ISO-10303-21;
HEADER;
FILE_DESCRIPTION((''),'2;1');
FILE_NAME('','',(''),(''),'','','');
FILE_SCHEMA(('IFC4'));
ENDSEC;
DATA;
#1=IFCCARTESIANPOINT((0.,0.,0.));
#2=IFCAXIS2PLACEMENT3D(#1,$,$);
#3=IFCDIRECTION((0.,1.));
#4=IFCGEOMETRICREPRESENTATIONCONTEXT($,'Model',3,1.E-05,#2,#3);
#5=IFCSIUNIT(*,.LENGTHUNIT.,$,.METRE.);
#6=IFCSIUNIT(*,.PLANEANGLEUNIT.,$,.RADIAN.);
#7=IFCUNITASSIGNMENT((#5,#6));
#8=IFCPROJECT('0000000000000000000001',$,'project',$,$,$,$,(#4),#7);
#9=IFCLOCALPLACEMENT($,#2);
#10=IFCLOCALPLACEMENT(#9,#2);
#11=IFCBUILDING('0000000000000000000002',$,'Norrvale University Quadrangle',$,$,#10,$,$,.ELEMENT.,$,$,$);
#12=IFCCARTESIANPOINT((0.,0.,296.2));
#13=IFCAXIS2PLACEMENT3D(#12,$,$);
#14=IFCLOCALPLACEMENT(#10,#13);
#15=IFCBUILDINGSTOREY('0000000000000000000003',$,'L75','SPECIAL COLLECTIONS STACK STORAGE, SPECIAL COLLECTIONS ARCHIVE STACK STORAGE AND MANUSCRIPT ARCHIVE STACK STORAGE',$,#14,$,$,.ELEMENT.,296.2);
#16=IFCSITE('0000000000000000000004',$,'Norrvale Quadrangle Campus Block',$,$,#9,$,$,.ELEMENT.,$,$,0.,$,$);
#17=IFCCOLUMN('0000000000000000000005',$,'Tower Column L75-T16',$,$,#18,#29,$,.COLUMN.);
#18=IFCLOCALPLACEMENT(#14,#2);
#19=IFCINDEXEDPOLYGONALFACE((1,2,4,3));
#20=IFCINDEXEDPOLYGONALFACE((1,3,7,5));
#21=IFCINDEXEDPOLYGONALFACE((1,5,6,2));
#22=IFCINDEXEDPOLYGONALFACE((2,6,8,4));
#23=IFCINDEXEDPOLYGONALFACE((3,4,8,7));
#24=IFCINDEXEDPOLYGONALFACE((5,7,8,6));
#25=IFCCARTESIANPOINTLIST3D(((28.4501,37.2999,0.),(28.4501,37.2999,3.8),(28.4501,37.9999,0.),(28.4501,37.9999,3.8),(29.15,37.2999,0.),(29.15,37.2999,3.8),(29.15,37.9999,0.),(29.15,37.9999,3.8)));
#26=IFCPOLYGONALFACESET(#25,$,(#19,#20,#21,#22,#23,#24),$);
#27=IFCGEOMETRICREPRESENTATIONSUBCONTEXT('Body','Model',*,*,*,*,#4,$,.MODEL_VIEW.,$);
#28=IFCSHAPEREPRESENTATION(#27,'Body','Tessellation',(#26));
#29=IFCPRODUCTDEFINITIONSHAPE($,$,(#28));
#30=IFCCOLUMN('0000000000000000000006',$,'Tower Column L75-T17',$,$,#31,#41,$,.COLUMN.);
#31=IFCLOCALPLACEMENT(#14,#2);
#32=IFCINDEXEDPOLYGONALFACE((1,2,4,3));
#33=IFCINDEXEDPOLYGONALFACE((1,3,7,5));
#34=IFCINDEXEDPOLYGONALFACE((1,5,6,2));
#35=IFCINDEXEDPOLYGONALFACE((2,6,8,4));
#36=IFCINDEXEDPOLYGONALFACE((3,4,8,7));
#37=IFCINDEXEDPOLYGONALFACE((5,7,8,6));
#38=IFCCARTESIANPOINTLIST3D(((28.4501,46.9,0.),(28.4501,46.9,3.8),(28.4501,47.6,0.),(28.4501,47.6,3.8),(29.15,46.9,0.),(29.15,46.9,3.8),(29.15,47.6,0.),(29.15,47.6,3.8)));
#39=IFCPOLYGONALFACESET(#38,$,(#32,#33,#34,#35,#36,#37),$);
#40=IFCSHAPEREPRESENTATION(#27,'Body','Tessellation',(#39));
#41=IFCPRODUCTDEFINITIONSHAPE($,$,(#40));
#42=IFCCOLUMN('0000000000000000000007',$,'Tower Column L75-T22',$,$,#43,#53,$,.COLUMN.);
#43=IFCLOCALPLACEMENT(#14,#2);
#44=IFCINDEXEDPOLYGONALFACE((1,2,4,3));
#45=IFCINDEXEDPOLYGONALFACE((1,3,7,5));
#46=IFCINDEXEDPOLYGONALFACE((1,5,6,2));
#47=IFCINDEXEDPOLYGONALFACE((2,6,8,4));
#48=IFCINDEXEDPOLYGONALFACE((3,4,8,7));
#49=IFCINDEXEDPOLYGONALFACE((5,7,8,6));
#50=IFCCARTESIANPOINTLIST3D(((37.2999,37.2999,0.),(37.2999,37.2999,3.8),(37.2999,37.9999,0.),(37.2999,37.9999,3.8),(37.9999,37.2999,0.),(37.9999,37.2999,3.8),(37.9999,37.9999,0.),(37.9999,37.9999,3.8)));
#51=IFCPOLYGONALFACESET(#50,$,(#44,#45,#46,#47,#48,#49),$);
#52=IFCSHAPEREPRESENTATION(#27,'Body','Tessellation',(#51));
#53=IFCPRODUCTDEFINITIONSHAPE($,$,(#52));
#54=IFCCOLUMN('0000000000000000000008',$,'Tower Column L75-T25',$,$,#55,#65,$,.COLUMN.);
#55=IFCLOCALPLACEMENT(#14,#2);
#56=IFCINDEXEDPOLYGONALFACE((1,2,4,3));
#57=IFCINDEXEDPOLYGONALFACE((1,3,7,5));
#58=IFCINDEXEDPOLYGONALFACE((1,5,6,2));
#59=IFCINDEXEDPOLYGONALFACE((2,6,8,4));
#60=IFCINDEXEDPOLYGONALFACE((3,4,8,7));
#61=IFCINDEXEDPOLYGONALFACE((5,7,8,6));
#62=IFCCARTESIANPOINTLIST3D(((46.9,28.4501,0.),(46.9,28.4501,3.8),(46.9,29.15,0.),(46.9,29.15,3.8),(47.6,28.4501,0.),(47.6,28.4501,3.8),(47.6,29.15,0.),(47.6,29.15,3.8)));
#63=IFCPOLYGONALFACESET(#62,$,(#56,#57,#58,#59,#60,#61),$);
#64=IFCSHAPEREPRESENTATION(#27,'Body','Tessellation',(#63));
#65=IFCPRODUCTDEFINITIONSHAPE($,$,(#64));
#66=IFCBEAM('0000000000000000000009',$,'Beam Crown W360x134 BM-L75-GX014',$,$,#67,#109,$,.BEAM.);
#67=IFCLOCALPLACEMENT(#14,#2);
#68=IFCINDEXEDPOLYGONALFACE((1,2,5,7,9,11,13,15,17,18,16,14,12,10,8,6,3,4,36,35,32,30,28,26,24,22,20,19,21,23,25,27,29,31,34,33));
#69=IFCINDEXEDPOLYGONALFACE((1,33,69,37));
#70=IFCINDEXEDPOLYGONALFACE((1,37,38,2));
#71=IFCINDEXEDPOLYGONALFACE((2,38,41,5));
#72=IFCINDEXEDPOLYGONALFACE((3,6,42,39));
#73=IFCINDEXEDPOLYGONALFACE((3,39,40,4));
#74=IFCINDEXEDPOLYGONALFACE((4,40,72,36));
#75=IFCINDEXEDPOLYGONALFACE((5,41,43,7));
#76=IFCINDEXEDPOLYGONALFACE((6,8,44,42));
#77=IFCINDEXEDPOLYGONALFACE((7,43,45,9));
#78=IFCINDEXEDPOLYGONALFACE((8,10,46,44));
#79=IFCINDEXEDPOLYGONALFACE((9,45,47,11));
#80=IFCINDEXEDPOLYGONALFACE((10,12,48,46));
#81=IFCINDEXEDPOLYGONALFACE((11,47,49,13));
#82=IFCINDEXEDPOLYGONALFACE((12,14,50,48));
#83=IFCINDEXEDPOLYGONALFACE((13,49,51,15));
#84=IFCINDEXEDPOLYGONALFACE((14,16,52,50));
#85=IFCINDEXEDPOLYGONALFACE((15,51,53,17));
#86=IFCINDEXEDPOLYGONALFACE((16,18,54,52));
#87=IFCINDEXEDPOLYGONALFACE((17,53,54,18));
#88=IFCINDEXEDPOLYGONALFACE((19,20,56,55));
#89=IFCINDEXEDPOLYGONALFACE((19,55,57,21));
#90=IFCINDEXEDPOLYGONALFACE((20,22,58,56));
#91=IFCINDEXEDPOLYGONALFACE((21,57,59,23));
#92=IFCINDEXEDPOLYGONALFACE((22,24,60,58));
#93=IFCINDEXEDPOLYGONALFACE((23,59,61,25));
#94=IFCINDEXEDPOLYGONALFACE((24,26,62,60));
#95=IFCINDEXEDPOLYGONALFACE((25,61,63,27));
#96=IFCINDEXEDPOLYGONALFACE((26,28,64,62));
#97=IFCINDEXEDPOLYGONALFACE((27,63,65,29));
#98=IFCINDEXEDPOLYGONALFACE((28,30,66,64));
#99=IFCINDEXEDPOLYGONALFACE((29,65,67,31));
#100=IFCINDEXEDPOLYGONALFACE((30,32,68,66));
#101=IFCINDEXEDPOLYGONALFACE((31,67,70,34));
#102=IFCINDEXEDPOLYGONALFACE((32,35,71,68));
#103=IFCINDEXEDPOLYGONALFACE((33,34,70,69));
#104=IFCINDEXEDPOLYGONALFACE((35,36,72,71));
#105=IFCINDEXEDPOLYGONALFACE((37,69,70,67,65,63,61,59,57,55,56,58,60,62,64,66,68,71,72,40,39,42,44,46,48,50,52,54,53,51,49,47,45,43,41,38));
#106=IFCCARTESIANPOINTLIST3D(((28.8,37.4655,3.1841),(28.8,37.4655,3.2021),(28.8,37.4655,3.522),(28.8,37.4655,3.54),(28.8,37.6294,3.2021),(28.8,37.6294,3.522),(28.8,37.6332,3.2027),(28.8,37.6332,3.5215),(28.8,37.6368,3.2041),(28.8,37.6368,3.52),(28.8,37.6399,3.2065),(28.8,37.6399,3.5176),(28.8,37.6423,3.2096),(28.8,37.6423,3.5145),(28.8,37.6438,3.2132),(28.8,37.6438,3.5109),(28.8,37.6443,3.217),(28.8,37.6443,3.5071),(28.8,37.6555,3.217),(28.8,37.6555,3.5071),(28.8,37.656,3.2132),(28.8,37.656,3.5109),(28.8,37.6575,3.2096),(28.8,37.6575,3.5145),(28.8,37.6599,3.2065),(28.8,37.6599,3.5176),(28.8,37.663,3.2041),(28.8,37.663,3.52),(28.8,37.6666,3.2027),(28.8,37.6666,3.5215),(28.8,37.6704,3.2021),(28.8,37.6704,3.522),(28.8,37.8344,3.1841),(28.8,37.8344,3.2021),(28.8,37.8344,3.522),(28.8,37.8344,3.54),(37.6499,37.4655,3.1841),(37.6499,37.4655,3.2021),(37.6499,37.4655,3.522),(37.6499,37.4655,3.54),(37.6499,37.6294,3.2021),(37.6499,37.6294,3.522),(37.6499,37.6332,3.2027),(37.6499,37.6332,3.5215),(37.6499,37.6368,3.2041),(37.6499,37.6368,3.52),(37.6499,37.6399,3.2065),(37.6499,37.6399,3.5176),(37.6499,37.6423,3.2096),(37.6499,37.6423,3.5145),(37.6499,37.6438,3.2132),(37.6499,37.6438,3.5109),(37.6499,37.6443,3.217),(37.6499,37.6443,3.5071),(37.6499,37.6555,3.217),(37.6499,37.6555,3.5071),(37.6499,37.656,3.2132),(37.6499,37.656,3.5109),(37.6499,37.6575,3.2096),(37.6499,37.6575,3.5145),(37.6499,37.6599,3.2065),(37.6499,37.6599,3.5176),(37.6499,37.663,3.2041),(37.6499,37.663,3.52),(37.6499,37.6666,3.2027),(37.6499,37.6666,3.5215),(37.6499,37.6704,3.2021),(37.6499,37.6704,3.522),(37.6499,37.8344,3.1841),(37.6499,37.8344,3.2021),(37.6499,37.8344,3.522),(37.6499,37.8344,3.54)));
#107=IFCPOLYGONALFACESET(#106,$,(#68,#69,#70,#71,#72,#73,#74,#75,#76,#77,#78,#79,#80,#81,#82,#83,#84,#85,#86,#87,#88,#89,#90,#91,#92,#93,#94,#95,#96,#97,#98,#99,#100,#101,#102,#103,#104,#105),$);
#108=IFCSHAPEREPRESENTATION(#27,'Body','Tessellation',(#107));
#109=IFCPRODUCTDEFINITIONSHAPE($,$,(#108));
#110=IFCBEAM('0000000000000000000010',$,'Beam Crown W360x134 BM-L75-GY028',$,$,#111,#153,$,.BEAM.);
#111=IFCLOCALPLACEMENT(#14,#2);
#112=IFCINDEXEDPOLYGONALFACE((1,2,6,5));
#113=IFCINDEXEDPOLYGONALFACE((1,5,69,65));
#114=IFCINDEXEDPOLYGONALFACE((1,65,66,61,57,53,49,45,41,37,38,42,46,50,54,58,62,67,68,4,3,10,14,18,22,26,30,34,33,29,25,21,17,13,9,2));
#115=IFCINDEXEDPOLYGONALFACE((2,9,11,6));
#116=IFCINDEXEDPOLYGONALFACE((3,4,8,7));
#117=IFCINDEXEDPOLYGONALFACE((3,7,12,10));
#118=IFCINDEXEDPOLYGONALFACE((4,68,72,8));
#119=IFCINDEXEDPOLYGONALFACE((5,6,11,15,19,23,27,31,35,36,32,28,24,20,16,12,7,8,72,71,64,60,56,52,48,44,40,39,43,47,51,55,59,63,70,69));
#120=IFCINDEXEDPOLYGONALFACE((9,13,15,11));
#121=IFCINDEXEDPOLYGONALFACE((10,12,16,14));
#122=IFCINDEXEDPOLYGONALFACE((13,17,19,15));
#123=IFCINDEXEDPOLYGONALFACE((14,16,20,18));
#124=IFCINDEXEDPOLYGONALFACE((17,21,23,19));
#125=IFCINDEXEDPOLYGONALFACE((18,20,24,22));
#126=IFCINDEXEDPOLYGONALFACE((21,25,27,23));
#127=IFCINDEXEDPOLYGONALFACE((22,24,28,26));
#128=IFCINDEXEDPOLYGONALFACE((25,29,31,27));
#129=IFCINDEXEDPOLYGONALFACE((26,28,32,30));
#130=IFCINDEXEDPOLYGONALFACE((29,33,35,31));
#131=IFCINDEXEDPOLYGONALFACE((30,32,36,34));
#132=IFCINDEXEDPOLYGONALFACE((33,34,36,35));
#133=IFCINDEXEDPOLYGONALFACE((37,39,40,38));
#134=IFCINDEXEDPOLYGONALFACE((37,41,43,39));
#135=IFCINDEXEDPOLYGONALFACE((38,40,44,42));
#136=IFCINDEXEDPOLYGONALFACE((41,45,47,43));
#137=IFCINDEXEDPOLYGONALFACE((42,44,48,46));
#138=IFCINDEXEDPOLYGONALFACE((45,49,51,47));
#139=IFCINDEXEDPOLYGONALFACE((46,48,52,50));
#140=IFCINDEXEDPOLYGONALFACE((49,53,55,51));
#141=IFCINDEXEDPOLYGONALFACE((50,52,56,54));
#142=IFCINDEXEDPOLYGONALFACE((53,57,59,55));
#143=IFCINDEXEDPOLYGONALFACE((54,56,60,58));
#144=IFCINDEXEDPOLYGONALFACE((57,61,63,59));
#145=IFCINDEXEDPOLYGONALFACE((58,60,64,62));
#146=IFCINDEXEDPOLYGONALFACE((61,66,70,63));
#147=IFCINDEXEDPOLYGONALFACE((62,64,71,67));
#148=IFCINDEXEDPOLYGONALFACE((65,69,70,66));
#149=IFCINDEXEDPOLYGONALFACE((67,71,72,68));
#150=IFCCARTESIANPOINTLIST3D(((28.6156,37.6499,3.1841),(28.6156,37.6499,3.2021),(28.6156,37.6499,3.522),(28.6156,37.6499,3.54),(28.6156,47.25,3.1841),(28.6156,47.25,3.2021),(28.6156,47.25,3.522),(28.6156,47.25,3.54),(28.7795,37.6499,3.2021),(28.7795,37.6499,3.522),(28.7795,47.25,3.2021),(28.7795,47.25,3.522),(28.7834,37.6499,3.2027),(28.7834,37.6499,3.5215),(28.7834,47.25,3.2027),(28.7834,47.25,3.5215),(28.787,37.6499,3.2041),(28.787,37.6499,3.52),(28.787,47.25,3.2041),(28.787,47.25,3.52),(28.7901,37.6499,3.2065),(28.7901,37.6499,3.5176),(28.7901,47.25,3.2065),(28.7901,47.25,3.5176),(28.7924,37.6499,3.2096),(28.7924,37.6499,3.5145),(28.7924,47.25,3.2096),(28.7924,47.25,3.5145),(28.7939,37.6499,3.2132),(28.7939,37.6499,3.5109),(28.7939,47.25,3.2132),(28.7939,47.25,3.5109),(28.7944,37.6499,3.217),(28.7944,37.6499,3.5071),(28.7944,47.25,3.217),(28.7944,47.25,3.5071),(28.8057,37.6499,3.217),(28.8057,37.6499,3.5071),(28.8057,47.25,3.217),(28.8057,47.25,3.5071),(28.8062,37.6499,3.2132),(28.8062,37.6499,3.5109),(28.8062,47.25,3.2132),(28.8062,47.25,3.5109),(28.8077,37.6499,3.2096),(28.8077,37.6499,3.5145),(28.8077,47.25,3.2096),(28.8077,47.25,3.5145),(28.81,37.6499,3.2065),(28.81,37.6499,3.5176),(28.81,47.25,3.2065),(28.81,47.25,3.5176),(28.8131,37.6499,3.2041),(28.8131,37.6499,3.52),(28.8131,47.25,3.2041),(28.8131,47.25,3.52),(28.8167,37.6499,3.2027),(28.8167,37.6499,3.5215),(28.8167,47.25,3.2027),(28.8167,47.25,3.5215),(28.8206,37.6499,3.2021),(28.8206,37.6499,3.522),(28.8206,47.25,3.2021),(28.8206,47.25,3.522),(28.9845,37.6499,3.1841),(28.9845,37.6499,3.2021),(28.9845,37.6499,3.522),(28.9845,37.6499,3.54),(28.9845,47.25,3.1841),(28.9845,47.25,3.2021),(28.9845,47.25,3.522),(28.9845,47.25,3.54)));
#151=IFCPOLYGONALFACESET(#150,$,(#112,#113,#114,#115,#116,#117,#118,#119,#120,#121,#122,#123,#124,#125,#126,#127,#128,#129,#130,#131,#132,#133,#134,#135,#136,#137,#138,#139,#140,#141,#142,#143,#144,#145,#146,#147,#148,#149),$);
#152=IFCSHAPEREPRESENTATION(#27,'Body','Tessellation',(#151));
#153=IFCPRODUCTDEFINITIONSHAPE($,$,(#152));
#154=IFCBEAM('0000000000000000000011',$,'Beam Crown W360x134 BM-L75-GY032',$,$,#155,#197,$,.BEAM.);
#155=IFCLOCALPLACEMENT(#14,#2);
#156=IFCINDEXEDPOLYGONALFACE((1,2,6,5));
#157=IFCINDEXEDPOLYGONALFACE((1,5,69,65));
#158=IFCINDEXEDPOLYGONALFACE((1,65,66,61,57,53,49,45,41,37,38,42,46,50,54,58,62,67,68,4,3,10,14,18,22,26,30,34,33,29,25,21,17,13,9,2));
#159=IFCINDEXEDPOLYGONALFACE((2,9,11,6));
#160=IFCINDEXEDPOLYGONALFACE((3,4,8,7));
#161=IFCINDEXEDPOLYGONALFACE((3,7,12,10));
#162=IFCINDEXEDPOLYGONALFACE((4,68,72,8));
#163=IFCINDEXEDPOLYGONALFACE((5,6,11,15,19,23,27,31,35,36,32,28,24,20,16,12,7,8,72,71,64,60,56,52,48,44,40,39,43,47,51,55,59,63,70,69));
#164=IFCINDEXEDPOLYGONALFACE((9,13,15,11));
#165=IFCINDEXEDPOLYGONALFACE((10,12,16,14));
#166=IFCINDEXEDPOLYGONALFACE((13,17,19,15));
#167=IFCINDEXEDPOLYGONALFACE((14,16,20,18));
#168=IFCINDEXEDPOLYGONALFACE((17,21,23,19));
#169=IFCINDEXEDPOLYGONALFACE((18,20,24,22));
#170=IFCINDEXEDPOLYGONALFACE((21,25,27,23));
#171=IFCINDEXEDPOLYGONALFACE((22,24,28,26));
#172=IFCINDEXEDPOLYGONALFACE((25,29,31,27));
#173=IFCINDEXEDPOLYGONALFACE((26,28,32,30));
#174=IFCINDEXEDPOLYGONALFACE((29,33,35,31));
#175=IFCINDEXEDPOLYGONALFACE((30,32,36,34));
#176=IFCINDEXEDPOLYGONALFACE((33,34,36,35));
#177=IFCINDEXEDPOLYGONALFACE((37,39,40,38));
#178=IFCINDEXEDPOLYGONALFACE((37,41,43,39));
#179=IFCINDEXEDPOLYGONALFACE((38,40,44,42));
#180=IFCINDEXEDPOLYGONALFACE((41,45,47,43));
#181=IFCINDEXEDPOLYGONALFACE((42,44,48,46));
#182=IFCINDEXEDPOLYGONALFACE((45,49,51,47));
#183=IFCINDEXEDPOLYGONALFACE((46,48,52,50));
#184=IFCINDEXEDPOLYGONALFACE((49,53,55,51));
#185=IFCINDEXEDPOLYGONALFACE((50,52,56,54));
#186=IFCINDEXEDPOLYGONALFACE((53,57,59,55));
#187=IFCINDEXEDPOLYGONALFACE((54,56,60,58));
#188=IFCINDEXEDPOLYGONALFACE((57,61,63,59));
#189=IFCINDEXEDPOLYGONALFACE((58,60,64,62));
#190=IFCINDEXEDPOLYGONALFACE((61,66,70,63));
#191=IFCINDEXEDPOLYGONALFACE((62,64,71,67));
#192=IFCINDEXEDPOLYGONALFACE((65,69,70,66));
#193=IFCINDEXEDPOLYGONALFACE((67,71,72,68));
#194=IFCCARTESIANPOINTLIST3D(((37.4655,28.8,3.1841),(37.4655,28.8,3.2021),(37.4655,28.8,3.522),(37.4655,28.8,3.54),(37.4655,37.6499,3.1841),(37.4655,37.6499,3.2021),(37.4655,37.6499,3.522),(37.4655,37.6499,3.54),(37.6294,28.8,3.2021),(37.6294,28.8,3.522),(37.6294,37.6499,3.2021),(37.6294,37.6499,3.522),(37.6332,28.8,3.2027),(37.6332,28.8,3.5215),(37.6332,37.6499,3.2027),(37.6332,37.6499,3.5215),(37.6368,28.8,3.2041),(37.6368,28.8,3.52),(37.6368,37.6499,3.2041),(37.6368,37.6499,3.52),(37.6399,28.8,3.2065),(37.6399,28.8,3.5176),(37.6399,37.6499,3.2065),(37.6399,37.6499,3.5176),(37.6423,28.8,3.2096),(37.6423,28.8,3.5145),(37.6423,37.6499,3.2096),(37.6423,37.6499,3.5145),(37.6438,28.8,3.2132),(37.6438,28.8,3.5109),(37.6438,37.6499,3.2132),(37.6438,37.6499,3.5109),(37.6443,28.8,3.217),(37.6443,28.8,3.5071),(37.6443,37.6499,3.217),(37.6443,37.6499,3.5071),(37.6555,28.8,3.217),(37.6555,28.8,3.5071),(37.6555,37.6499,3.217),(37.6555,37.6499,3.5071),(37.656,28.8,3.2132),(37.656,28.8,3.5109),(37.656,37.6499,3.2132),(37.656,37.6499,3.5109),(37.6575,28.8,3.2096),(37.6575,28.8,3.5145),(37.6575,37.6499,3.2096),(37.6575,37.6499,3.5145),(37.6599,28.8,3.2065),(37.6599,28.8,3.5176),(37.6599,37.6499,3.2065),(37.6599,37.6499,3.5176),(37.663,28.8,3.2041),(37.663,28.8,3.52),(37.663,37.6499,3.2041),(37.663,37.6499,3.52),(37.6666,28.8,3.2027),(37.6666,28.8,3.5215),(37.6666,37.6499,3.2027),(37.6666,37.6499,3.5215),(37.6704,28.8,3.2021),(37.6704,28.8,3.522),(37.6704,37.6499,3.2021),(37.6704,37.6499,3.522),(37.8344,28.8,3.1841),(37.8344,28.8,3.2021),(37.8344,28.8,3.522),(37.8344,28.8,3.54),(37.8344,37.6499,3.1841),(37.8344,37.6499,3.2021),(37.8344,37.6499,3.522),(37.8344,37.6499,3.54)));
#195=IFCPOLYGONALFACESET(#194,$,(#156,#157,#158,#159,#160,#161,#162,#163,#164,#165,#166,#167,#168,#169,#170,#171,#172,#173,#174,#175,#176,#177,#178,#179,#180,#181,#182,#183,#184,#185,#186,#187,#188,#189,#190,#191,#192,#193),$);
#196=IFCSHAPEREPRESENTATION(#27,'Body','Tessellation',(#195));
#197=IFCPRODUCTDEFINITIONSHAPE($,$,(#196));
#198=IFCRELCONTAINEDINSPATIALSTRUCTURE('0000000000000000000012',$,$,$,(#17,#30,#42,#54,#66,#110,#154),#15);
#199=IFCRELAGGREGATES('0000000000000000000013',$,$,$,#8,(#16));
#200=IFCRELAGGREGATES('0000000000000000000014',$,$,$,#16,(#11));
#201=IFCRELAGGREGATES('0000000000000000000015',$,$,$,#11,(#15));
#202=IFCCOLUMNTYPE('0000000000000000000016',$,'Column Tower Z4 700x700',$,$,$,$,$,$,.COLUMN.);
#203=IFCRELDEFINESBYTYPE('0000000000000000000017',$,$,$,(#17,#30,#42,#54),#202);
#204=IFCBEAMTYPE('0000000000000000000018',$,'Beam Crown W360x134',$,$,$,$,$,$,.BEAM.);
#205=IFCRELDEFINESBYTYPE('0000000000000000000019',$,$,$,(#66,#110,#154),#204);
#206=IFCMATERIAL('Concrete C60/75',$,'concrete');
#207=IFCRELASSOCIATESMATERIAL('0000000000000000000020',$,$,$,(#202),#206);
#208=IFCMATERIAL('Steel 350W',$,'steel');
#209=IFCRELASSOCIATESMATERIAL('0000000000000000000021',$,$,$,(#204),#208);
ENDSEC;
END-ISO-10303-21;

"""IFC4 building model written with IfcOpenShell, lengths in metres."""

from ifc_helpers import new_model, si_unit, direction, frame, origin, origin_2d, place, context, subcontext, project, spatial, rectangle, i_section, extrude, material, material_profile, profile_set, type_object, element, save


model = new_model("IFC4")

# Units and contexts
model_context = context("Model", 3, precision=1e-05, world=origin(), true_north=direction((0.0, 1.0)))
body_context = subcontext(model_context, "Body", "Model", "MODEL_VIEW")
ifc_project = project(units=[si_unit("LENGTHUNIT", "METRE"), si_unit("PLANEANGLEUNIT", "RADIAN")], contexts=[model_context])

# Site, building, storey
site_placement = place(None, origin())
site = spatial("IfcSite", under=ifc_project, at=site_placement, Name="Norrvale Quadrangle Campus Block", CompositionType="ELEMENT", RefElevation=0.0)
building_placement = place(site_placement, origin())
building = spatial("IfcBuilding", under=site, at=building_placement, Name="Norrvale University Quadrangle", CompositionType="ELEMENT")
storey_placement = place(building_placement, frame((0.0, 0.0, 296.2)))
storey = spatial("IfcBuildingStorey", under=building, at=storey_placement, Name="L75", Description="SPECIAL COLLECTIONS STACK STORAGE, SPECIAL COLLECTIONS ARCHIVE STACK STORAGE AND MANUSCRIPT ARCHIVE STACK STORAGE", CompositionType="ELEMENT", Elevation=296.2)

# Columns
ifc_material_1 = material(Name="Concrete C60/75", Category="concrete")
ifc_material_profile_1 = material_profile(ifc_material_1, rectangle(XDim=0.7, YDim=0.7, at=origin_2d()), Name="Concrete C60/75")
ifc_profile_set_1 = profile_set([ifc_material_profile_1], Name="Concrete C60/75")
column_type = type_object("IfcColumnType", Name="Column Tower Z4 700x700", PredefinedType="COLUMN", material=ifc_profile_set_1)
for number, where, z_axis, x_axis, name in (
    (1, (28.8, 37.6499, 0.0), (0.0, 0.0, 1.0), (1.0, 0.0, 0.0), "Tower Column L75-T16"),
    (2, (28.8, 47.25, 0.0), (0.0, 0.0, 1.0), (1.0, 0.0, 0.0), "Tower Column L75-T17"),
    (3, (37.6499, 37.6499, 0.0), (0.0, 0.0, 1.0), (1.0, 0.0, 0.0), "Tower Column L75-T22"),
    (4, (47.25, 28.8, 0.0), (0.0, 0.0, 1.0), (1.0, 0.0, 0.0), "Tower Column L75-T25"),
):
    element("IfcColumn", number, at=place(storey_placement, frame(where, z_axis=z_axis, x_axis=x_axis)), inside=storey, type_object=column_type, Name=name, PredefinedType="COLUMN", context=body_context, shape_type="SweptSolid", body=[
        extrude(rectangle(XDim=0.7, YDim=0.7, at=origin_2d()), origin(), (0.0, 0.0, 1.0), 3.8),
    ])

# Beams
ifc_material_2 = material(Name="Steel 350W", Category="steel")
ifc_material_profile_2 = material_profile(ifc_material_2, i_section(OverallWidth=0.3689, OverallDepth=0.356, WebThickness=0.0112, FlangeThickness=0.0181, FilletRadius=0.0149, at=origin_2d()), Name="Steel 350W")
ifc_profile_set_2 = profile_set([ifc_material_profile_2], Name="Steel 350W")
beam_type_1 = type_object("IfcBeamType", Name="Beam Crown W360x134", PredefinedType="BEAM", material=ifc_profile_set_2)
beam_1_placement = place(storey_placement, frame((28.8, 37.6499, 3.3621), z_axis=(1.0, 0.0, 0.0), x_axis=(0.0, 1.0, 0.0)))
element("IfcBeam", 5, at=beam_1_placement, inside=storey, type_object=beam_type_1, Name="Beam Crown W360x134 BM-L75-GX014", PredefinedType="BEAM", context=body_context, shape_type="SweptSolid", body=[
    extrude(i_section(OverallWidth=0.3689, OverallDepth=0.356, WebThickness=0.0112, FlangeThickness=0.0181, FilletRadius=0.0149, at=origin_2d()), origin(), (0.0, 0.0, 1.0), 8.8499),
])
beam_2_placement = place(storey_placement, frame((28.8, 37.6499, 3.3621), z_axis=(0.0, 1.0, 0.0), x_axis=(-1.0, 0.0, 0.0)))
element("IfcBeam", 6, at=beam_2_placement, inside=storey, type_object=beam_type_1, Name="Beam Crown W360x134 BM-L75-GY028", PredefinedType="BEAM", context=body_context, shape_type="SweptSolid", body=[
    extrude(i_section(OverallWidth=0.3689, OverallDepth=0.356, WebThickness=0.0112, FlangeThickness=0.0181, FilletRadius=0.0149, at=origin_2d()), origin(), (0.0, 0.0, 1.0), 9.6001),
])
beam_3_placement = place(storey_placement, frame((37.6499, 28.8, 3.3621), z_axis=(0.0, 1.0, 0.0), x_axis=(-1.0, 0.0, 0.0)))
element("IfcBeam", 7, at=beam_3_placement, inside=storey, type_object=beam_type_1, Name="Beam Crown W360x134 BM-L75-GY032", PredefinedType="BEAM", context=body_context, shape_type="SweptSolid", body=[
    extrude(i_section(OverallWidth=0.3689, OverallDepth=0.356, WebThickness=0.0112, FlangeThickness=0.0181, FilletRadius=0.0149, at=origin_2d()), origin(), (0.0, 0.0, 1.0), 8.8499),
])

save(model, "model.ifc")
